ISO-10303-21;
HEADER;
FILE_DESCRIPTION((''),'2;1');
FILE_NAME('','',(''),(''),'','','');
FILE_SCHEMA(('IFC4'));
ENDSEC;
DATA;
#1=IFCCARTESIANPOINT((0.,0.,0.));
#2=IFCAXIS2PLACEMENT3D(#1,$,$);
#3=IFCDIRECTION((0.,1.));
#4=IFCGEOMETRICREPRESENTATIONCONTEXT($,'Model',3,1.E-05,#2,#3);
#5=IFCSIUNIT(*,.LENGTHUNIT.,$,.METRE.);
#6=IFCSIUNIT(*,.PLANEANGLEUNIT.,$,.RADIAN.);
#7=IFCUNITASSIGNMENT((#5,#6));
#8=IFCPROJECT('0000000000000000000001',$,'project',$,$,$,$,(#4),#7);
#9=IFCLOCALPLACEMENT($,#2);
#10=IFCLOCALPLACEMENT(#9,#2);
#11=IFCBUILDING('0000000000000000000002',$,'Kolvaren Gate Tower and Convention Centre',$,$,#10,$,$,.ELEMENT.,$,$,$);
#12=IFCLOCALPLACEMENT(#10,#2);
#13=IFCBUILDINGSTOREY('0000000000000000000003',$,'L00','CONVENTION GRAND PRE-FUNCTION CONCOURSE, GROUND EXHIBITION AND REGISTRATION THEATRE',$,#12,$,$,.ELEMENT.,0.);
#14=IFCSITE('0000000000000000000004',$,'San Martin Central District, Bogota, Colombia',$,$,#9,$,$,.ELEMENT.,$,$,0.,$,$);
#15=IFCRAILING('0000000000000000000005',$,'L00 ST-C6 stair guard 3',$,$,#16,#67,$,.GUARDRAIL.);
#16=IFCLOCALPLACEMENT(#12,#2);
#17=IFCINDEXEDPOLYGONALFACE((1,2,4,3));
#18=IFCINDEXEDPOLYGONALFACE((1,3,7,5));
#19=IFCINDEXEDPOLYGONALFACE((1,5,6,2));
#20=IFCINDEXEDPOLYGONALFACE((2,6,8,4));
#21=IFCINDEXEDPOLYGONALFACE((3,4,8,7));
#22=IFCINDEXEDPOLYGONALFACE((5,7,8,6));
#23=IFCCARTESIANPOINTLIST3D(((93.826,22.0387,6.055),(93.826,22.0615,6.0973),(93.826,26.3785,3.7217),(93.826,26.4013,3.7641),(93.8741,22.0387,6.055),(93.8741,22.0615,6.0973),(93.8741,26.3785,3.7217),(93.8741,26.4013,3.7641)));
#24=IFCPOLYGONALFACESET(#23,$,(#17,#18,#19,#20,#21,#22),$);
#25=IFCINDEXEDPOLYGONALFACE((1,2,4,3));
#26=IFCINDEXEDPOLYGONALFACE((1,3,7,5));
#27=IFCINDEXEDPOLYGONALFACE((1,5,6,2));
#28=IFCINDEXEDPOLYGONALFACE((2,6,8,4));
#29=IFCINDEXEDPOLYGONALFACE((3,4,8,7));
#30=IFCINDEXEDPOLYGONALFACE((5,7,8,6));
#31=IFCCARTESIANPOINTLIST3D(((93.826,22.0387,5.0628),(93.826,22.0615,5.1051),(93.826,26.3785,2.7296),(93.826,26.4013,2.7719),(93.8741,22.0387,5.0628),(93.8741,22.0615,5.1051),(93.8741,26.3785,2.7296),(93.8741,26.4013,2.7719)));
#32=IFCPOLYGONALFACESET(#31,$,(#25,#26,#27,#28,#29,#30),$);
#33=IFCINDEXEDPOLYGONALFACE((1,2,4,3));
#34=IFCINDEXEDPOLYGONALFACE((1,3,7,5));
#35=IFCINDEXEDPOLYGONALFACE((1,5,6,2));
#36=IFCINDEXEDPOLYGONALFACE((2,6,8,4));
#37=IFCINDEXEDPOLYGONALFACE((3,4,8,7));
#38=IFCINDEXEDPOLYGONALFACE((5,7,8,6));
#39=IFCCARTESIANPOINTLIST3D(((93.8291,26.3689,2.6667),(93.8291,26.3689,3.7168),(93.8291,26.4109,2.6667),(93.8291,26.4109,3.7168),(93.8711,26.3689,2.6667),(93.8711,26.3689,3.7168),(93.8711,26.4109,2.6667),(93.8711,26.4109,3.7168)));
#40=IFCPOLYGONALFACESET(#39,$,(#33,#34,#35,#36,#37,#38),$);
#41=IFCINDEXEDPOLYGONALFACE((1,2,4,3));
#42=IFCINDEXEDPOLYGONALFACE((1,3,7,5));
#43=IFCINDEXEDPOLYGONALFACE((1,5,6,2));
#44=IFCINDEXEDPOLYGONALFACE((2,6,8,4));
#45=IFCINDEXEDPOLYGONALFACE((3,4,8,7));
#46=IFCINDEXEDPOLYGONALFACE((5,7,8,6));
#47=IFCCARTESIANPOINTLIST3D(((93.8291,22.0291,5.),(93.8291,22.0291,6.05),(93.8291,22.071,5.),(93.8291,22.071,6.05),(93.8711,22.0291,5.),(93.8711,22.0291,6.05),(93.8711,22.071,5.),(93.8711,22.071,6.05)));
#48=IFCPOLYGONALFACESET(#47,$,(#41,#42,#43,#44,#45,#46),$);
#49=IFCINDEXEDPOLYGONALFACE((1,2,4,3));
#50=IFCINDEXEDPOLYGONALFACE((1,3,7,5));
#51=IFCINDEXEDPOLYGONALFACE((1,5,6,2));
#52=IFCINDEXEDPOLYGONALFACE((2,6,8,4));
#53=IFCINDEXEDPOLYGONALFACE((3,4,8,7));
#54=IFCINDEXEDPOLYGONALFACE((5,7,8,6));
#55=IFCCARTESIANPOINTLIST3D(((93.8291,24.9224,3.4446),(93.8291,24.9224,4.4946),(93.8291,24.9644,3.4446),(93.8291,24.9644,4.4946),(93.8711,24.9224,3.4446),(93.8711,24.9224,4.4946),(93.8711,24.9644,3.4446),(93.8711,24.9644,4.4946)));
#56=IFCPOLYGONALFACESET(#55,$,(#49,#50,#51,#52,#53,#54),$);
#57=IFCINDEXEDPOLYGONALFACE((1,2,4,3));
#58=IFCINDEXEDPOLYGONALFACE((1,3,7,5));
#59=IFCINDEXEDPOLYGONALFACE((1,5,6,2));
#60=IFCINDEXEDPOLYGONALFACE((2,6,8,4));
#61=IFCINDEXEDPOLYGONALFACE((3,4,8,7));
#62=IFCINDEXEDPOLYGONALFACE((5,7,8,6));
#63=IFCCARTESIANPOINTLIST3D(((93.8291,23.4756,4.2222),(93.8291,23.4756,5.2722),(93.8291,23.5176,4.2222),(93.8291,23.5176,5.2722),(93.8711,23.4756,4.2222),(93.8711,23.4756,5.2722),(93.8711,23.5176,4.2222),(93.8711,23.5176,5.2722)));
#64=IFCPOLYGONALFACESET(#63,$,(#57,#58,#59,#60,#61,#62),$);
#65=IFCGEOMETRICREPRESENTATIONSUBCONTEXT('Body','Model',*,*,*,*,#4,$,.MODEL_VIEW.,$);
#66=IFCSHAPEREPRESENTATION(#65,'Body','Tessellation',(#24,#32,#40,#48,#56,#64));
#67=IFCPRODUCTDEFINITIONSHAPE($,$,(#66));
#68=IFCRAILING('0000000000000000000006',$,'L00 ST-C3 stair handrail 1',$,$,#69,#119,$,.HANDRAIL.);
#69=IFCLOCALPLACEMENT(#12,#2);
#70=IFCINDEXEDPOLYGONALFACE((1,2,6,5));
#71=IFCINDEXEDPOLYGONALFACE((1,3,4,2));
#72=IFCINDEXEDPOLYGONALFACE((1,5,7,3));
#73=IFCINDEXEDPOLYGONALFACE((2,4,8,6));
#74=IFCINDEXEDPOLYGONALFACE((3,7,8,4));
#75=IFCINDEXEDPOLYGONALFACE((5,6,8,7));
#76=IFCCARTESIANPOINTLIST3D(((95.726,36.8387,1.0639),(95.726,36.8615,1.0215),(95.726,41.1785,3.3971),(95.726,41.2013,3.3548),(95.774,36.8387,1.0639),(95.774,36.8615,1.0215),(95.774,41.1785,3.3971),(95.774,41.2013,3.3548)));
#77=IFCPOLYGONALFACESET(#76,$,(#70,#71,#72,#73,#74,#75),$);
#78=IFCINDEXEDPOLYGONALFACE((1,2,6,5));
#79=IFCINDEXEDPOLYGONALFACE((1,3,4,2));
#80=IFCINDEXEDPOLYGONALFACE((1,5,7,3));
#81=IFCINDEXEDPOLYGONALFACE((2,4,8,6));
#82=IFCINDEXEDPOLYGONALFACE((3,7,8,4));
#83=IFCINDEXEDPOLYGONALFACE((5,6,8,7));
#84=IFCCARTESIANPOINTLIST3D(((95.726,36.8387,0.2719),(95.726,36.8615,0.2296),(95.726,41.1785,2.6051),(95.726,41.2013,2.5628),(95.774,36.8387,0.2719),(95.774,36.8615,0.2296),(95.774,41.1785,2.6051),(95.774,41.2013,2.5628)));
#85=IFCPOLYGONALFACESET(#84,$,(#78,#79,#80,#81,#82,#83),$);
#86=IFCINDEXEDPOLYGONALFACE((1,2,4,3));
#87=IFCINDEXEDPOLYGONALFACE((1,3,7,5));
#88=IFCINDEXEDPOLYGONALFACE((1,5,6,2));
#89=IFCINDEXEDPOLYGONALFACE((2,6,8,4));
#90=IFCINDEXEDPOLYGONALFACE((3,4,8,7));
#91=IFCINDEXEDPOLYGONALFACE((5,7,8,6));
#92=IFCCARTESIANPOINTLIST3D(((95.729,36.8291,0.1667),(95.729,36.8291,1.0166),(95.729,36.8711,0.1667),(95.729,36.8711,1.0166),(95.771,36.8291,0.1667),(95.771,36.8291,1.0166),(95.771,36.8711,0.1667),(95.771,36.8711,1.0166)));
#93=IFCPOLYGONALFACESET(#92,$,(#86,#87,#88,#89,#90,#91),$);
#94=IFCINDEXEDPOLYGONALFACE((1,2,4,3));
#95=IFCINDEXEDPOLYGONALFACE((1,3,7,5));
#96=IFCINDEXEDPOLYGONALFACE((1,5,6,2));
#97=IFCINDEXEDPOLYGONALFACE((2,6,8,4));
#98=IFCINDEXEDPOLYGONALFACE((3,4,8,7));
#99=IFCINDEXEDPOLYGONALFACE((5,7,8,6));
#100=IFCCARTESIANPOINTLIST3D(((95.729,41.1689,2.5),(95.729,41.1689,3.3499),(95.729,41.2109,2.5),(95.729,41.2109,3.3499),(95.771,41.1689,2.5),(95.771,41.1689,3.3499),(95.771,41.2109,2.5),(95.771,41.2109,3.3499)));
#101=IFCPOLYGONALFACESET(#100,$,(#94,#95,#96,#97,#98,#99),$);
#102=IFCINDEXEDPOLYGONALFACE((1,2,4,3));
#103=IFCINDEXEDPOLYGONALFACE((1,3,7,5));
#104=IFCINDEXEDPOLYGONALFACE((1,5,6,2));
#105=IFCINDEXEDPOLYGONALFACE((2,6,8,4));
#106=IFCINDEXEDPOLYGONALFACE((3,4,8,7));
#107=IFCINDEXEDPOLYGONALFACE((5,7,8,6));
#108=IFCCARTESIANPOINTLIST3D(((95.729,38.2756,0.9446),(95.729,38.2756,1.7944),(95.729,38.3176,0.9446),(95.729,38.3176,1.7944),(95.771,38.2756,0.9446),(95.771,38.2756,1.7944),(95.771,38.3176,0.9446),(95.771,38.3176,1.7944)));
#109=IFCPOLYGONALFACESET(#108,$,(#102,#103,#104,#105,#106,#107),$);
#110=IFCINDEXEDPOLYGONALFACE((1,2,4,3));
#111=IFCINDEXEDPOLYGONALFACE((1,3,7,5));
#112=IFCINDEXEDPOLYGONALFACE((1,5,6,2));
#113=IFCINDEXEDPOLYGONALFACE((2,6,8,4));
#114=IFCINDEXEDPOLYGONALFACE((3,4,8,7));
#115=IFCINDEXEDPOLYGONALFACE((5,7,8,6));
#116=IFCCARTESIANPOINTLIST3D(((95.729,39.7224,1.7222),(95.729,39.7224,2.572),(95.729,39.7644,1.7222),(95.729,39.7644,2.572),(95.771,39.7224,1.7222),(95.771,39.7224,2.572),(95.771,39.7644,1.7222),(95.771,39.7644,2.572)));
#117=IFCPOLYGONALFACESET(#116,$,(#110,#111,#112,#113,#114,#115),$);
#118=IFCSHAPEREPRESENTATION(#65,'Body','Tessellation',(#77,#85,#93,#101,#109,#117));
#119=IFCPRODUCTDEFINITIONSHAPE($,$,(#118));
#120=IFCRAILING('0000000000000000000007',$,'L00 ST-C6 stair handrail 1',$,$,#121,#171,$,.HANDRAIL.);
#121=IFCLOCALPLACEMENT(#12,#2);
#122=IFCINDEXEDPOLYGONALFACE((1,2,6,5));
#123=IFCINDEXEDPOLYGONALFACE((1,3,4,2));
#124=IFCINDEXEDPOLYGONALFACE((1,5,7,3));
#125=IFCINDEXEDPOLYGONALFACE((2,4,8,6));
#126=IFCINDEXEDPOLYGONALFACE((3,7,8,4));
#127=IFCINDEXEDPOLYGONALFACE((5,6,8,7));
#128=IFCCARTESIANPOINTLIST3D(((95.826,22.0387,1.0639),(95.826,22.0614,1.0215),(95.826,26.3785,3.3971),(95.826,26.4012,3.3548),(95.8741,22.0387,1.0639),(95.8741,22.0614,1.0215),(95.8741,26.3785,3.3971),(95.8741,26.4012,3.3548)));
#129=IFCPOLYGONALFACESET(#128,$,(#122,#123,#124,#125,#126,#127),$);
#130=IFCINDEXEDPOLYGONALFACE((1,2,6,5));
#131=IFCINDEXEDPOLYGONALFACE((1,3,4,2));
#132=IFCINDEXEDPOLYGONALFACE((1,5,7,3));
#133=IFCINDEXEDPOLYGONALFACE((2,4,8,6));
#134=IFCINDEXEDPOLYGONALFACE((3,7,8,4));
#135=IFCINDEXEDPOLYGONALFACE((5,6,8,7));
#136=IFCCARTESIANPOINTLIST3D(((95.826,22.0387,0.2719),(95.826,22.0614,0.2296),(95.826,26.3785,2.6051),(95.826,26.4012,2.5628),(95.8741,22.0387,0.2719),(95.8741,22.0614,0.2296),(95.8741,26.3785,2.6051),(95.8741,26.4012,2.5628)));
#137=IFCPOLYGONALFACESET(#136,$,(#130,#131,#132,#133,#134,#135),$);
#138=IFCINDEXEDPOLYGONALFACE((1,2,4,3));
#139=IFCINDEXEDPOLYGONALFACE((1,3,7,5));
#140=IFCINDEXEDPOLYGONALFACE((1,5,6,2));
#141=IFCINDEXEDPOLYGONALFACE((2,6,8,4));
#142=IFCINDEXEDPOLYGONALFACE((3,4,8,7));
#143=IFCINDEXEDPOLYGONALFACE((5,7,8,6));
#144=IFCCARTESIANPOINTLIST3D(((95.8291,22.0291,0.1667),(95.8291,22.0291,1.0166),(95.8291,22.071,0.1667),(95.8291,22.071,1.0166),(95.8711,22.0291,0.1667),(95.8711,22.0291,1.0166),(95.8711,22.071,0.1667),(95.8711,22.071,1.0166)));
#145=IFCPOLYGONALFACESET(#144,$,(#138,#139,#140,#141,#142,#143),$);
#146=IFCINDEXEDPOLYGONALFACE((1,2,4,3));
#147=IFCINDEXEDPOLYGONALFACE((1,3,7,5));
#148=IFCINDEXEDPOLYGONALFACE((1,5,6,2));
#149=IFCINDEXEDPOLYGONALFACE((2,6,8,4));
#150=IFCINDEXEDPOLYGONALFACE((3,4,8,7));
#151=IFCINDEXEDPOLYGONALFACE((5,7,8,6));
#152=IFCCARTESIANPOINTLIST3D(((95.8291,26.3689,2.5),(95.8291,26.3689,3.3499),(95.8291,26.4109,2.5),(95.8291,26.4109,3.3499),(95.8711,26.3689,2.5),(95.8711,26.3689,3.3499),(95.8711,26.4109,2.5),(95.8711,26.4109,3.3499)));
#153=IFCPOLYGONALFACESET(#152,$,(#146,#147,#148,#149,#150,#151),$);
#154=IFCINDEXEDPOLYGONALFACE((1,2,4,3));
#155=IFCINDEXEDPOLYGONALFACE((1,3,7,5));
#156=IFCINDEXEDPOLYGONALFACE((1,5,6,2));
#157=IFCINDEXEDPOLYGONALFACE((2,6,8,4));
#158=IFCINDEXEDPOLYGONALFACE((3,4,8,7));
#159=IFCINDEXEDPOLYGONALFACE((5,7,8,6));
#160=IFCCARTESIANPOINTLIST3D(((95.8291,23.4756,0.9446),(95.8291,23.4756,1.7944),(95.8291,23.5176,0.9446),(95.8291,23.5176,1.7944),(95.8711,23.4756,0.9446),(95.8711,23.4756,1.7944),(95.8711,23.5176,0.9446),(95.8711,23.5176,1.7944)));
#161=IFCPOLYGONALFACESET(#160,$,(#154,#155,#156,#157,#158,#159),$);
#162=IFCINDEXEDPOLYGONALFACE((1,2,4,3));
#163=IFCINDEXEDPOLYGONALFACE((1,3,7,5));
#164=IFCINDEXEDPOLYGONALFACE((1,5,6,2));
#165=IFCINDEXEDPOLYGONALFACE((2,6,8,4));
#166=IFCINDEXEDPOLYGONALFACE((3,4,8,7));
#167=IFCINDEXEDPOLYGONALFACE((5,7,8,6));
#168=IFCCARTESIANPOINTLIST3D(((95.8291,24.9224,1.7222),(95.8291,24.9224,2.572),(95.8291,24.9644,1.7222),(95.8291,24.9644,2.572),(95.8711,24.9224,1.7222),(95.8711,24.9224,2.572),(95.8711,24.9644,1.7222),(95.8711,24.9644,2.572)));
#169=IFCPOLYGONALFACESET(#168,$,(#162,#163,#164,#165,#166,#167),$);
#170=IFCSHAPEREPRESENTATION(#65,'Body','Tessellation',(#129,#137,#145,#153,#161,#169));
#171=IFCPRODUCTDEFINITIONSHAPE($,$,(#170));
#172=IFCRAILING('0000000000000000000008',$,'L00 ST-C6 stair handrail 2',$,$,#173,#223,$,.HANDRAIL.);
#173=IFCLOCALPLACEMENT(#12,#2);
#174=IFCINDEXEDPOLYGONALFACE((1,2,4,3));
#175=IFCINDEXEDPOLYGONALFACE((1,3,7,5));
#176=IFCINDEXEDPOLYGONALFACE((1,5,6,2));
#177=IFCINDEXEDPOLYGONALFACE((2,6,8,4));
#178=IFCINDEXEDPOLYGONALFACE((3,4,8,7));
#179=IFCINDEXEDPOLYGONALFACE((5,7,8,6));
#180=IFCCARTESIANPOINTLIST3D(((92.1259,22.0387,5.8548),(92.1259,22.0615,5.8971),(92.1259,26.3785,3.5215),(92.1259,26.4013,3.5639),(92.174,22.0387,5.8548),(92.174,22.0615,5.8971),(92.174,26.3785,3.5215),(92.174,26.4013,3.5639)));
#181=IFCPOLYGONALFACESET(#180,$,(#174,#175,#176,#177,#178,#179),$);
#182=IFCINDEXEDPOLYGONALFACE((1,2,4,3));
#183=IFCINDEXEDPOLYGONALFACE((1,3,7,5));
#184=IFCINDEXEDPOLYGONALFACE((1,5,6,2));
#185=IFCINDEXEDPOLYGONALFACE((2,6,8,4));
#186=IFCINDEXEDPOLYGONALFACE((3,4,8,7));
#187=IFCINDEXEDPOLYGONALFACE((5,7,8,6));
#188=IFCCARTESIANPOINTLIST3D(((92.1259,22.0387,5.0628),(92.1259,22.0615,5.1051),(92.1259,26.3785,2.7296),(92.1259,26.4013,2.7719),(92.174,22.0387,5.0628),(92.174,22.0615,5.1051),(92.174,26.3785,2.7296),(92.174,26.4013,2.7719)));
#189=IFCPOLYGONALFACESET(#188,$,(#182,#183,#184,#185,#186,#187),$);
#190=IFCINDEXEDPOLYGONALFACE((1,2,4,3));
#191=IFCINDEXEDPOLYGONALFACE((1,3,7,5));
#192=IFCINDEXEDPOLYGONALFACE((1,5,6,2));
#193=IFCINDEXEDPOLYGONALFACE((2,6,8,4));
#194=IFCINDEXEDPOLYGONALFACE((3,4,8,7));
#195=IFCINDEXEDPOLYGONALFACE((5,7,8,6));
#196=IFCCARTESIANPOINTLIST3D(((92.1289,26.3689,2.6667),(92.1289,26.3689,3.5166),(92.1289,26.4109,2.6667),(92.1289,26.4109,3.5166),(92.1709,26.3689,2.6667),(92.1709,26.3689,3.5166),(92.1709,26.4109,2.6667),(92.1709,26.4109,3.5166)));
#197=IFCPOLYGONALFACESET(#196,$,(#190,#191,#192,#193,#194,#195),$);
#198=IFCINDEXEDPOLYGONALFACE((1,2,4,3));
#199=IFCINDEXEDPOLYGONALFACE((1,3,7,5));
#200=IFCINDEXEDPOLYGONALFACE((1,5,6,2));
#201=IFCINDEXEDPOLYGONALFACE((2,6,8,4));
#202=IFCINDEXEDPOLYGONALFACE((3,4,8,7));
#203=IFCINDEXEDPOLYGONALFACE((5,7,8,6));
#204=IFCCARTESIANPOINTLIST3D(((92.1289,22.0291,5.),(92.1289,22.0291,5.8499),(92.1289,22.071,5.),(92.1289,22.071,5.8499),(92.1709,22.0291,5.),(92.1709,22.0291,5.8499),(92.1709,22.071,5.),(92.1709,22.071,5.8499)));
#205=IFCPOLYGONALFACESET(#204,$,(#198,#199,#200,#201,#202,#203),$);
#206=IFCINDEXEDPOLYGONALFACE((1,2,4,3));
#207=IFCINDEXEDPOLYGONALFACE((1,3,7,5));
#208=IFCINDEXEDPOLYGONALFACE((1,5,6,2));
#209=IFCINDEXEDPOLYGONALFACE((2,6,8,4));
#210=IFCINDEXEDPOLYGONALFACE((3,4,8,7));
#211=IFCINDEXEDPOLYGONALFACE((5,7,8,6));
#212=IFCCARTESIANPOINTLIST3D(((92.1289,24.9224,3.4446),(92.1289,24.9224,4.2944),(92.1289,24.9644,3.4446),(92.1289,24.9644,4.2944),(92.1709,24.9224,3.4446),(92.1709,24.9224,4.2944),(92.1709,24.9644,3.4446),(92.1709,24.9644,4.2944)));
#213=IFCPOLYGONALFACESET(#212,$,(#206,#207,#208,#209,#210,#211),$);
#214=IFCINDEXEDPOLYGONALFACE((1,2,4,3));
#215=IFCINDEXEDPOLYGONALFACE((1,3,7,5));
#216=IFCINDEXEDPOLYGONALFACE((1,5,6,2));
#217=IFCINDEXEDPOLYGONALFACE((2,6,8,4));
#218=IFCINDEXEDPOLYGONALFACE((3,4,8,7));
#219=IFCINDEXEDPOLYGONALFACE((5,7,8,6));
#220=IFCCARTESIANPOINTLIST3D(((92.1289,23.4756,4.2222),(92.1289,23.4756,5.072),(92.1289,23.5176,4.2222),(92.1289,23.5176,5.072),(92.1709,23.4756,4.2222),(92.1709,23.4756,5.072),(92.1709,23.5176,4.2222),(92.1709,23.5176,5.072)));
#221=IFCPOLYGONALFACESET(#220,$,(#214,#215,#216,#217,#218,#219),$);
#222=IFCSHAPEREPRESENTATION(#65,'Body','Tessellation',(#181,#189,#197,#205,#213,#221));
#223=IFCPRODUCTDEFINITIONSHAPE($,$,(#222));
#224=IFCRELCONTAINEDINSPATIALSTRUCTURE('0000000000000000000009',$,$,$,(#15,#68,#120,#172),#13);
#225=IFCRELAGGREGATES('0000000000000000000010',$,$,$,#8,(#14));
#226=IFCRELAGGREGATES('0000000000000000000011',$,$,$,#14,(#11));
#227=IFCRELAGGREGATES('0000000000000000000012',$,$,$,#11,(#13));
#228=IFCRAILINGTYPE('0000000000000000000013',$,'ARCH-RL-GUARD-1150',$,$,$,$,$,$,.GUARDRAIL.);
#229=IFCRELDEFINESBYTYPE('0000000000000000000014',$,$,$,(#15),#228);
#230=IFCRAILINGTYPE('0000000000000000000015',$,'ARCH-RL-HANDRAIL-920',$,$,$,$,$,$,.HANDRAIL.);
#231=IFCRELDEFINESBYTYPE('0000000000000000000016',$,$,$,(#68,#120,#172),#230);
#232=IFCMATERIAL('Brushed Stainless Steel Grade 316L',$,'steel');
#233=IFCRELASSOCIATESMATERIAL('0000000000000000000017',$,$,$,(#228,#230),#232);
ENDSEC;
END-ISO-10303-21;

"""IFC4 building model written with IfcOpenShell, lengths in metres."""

from ifc_helpers import new_model, si_unit, direction, frame, origin, origin_2d, place, context, subcontext, project, spatial, rectangle, extrude, material, type_object, element, save


model = new_model("IFC4")

# Units and contexts
model_context = context("Model", 3, precision=1e-05, world=origin(), true_north=direction((0.0, 1.0)))
body_context = subcontext(model_context, "Body", "Model", "MODEL_VIEW")
ifc_project = project(units=[si_unit("LENGTHUNIT", "METRE"), si_unit("PLANEANGLEUNIT", "RADIAN")], contexts=[model_context])

# Site, building, storey
site_placement = place(None, origin())
site = spatial("IfcSite", under=ifc_project, at=site_placement, Name="San Martin Central District, Bogota, Colombia", CompositionType="ELEMENT", RefElevation=0.0)
building_placement = place(site_placement, origin())
building = spatial("IfcBuilding", under=site, at=building_placement, Name="Kolvaren Gate Tower and Convention Centre", CompositionType="ELEMENT")
storey_placement = place(building_placement, origin())
storey = spatial("IfcBuildingStorey", under=building, at=storey_placement, Name="L00", Description="CONVENTION GRAND PRE-FUNCTION CONCOURSE, GROUND EXHIBITION AND REGISTRATION THEATRE", CompositionType="ELEMENT", Elevation=0.0)

# Railings
ifc_material_1 = material(Name="Brushed Stainless Steel Grade 316L", Category="steel")
railing_type_1 = type_object("IfcRailingType", Name="ARCH-RL-GUARD-1150", PredefinedType="GUARDRAIL", material=ifc_material_1)
railing_1_placement = place(storey_placement, frame((93.8501, 26.3899, 2.6667)))
element("IfcRailing", 1, at=railing_1_placement, inside=storey, type_object=railing_type_1, Name="L00 ST-C6 stair guard 3", PredefinedType="GUARDRAIL", context=body_context, shape_type="SweptSolid", body=[
    extrude(rectangle(XDim=0.0481, YDim=0.0481, at=origin_2d()), frame((0.0, 0.0, 1.0762), z_axis=(0.0, -0.880775, 0.473535), x_axis=(1.0, 0.0, 0.0)), (0.0, 0.0, 1.0), 4.9272),
    extrude(rectangle(XDim=0.0481, YDim=0.0481, at=origin_2d()), frame((0.0, 0.0, 0.084), z_axis=(0.0, -0.880775, 0.473535), x_axis=(1.0, 0.0, 0.0)), (0.0, 0.0, 1.0), 4.9272),
    extrude(rectangle(XDim=0.042, YDim=0.042, at=origin_2d()), origin(), (0.0, 0.0, 1.0), 1.05),
    extrude(rectangle(XDim=0.042, YDim=0.042, at=origin_2d()), frame((0.0, -4.3398, 2.3333)), (0.0, 0.0, 1.0), 1.05),
    extrude(rectangle(XDim=0.042, YDim=0.042, at=origin_2d()), frame((0.0, -1.4465, 0.7778)), (0.0, 0.0, 1.0), 1.05),
    extrude(rectangle(XDim=0.042, YDim=0.042, at=origin_2d()), frame((0.0, -2.8933, 1.5554)), (0.0, 0.0, 1.0), 1.05),
])
railing_type_2 = type_object("IfcRailingType", Name="ARCH-RL-HANDRAIL-920", PredefinedType="HANDRAIL", material=ifc_material_1)
for number, where, name in (
    (2, (95.75, 36.8501, 0.1667), "L00 ST-C3 stair handrail 1"),
    (3, (95.8501, 22.05, 0.1667), "L00 ST-C6 stair handrail 1"),
):
    element("IfcRailing", number, at=place(storey_placement, frame(where)), inside=storey, type_object=railing_type_2, Name=name, PredefinedType="HANDRAIL", context=body_context, shape_type="SweptSolid", body=[
        extrude(rectangle(XDim=0.0481, YDim=0.0481, at=origin_2d()), frame((0.0, 0.0, 0.876), z_axis=(0.0, 0.880775, 0.473535), x_axis=(-1.0, 0.0, 0.0)), (0.0, 0.0, 1.0), 4.9272),
        extrude(rectangle(XDim=0.0481, YDim=0.0481, at=origin_2d()), frame((0.0, 0.0, 0.084), z_axis=(0.0, 0.880775, 0.473535), x_axis=(-1.0, 0.0, 0.0)), (0.0, 0.0, 1.0), 4.9272),
        extrude(rectangle(XDim=0.042, YDim=0.042, at=origin_2d()), origin(), (0.0, 0.0, 1.0), 0.8499),
        extrude(rectangle(XDim=0.042, YDim=0.042, at=origin_2d()), frame((0.0, 4.3398, 2.3333)), (0.0, 0.0, 1.0), 0.8499),
        extrude(rectangle(XDim=0.042, YDim=0.042, at=origin_2d()), frame((0.0, 1.4465, 0.7778)), (0.0, 0.0, 1.0), 0.8499),
        extrude(rectangle(XDim=0.042, YDim=0.042, at=origin_2d()), frame((0.0, 2.8933, 1.5554)), (0.0, 0.0, 1.0), 0.8499),
    ])
railing_2_placement = place(storey_placement, frame((92.1499, 26.3899, 2.6667)))
element("IfcRailing", 4, at=railing_2_placement, inside=storey, type_object=railing_type_2, Name="L00 ST-C6 stair handrail 2", PredefinedType="HANDRAIL", context=body_context, shape_type="SweptSolid", body=[
    extrude(rectangle(XDim=0.0481, YDim=0.0481, at=origin_2d()), frame((0.0, 0.0, 0.876), z_axis=(0.0, -0.880775, 0.473535), x_axis=(1.0, 0.0, 0.0)), (0.0, 0.0, 1.0), 4.9272),
    extrude(rectangle(XDim=0.0481, YDim=0.0481, at=origin_2d()), frame((0.0, 0.0, 0.084), z_axis=(0.0, -0.880775, 0.473535), x_axis=(1.0, 0.0, 0.0)), (0.0, 0.0, 1.0), 4.9272),
    extrude(rectangle(XDim=0.042, YDim=0.042, at=origin_2d()), origin(), (0.0, 0.0, 1.0), 0.8499),
    extrude(rectangle(XDim=0.042, YDim=0.042, at=origin_2d()), frame((0.0, -4.3398, 2.3333)), (0.0, 0.0, 1.0), 0.8499),
    extrude(rectangle(XDim=0.042, YDim=0.042, at=origin_2d()), frame((0.0, -1.4465, 0.7778)), (0.0, 0.0, 1.0), 0.8499),
    extrude(rectangle(XDim=0.042, YDim=0.042, at=origin_2d()), frame((0.0, -2.8933, 1.5554)), (0.0, 0.0, 1.0), 0.8499),
])

save(model, "model.ifc")
